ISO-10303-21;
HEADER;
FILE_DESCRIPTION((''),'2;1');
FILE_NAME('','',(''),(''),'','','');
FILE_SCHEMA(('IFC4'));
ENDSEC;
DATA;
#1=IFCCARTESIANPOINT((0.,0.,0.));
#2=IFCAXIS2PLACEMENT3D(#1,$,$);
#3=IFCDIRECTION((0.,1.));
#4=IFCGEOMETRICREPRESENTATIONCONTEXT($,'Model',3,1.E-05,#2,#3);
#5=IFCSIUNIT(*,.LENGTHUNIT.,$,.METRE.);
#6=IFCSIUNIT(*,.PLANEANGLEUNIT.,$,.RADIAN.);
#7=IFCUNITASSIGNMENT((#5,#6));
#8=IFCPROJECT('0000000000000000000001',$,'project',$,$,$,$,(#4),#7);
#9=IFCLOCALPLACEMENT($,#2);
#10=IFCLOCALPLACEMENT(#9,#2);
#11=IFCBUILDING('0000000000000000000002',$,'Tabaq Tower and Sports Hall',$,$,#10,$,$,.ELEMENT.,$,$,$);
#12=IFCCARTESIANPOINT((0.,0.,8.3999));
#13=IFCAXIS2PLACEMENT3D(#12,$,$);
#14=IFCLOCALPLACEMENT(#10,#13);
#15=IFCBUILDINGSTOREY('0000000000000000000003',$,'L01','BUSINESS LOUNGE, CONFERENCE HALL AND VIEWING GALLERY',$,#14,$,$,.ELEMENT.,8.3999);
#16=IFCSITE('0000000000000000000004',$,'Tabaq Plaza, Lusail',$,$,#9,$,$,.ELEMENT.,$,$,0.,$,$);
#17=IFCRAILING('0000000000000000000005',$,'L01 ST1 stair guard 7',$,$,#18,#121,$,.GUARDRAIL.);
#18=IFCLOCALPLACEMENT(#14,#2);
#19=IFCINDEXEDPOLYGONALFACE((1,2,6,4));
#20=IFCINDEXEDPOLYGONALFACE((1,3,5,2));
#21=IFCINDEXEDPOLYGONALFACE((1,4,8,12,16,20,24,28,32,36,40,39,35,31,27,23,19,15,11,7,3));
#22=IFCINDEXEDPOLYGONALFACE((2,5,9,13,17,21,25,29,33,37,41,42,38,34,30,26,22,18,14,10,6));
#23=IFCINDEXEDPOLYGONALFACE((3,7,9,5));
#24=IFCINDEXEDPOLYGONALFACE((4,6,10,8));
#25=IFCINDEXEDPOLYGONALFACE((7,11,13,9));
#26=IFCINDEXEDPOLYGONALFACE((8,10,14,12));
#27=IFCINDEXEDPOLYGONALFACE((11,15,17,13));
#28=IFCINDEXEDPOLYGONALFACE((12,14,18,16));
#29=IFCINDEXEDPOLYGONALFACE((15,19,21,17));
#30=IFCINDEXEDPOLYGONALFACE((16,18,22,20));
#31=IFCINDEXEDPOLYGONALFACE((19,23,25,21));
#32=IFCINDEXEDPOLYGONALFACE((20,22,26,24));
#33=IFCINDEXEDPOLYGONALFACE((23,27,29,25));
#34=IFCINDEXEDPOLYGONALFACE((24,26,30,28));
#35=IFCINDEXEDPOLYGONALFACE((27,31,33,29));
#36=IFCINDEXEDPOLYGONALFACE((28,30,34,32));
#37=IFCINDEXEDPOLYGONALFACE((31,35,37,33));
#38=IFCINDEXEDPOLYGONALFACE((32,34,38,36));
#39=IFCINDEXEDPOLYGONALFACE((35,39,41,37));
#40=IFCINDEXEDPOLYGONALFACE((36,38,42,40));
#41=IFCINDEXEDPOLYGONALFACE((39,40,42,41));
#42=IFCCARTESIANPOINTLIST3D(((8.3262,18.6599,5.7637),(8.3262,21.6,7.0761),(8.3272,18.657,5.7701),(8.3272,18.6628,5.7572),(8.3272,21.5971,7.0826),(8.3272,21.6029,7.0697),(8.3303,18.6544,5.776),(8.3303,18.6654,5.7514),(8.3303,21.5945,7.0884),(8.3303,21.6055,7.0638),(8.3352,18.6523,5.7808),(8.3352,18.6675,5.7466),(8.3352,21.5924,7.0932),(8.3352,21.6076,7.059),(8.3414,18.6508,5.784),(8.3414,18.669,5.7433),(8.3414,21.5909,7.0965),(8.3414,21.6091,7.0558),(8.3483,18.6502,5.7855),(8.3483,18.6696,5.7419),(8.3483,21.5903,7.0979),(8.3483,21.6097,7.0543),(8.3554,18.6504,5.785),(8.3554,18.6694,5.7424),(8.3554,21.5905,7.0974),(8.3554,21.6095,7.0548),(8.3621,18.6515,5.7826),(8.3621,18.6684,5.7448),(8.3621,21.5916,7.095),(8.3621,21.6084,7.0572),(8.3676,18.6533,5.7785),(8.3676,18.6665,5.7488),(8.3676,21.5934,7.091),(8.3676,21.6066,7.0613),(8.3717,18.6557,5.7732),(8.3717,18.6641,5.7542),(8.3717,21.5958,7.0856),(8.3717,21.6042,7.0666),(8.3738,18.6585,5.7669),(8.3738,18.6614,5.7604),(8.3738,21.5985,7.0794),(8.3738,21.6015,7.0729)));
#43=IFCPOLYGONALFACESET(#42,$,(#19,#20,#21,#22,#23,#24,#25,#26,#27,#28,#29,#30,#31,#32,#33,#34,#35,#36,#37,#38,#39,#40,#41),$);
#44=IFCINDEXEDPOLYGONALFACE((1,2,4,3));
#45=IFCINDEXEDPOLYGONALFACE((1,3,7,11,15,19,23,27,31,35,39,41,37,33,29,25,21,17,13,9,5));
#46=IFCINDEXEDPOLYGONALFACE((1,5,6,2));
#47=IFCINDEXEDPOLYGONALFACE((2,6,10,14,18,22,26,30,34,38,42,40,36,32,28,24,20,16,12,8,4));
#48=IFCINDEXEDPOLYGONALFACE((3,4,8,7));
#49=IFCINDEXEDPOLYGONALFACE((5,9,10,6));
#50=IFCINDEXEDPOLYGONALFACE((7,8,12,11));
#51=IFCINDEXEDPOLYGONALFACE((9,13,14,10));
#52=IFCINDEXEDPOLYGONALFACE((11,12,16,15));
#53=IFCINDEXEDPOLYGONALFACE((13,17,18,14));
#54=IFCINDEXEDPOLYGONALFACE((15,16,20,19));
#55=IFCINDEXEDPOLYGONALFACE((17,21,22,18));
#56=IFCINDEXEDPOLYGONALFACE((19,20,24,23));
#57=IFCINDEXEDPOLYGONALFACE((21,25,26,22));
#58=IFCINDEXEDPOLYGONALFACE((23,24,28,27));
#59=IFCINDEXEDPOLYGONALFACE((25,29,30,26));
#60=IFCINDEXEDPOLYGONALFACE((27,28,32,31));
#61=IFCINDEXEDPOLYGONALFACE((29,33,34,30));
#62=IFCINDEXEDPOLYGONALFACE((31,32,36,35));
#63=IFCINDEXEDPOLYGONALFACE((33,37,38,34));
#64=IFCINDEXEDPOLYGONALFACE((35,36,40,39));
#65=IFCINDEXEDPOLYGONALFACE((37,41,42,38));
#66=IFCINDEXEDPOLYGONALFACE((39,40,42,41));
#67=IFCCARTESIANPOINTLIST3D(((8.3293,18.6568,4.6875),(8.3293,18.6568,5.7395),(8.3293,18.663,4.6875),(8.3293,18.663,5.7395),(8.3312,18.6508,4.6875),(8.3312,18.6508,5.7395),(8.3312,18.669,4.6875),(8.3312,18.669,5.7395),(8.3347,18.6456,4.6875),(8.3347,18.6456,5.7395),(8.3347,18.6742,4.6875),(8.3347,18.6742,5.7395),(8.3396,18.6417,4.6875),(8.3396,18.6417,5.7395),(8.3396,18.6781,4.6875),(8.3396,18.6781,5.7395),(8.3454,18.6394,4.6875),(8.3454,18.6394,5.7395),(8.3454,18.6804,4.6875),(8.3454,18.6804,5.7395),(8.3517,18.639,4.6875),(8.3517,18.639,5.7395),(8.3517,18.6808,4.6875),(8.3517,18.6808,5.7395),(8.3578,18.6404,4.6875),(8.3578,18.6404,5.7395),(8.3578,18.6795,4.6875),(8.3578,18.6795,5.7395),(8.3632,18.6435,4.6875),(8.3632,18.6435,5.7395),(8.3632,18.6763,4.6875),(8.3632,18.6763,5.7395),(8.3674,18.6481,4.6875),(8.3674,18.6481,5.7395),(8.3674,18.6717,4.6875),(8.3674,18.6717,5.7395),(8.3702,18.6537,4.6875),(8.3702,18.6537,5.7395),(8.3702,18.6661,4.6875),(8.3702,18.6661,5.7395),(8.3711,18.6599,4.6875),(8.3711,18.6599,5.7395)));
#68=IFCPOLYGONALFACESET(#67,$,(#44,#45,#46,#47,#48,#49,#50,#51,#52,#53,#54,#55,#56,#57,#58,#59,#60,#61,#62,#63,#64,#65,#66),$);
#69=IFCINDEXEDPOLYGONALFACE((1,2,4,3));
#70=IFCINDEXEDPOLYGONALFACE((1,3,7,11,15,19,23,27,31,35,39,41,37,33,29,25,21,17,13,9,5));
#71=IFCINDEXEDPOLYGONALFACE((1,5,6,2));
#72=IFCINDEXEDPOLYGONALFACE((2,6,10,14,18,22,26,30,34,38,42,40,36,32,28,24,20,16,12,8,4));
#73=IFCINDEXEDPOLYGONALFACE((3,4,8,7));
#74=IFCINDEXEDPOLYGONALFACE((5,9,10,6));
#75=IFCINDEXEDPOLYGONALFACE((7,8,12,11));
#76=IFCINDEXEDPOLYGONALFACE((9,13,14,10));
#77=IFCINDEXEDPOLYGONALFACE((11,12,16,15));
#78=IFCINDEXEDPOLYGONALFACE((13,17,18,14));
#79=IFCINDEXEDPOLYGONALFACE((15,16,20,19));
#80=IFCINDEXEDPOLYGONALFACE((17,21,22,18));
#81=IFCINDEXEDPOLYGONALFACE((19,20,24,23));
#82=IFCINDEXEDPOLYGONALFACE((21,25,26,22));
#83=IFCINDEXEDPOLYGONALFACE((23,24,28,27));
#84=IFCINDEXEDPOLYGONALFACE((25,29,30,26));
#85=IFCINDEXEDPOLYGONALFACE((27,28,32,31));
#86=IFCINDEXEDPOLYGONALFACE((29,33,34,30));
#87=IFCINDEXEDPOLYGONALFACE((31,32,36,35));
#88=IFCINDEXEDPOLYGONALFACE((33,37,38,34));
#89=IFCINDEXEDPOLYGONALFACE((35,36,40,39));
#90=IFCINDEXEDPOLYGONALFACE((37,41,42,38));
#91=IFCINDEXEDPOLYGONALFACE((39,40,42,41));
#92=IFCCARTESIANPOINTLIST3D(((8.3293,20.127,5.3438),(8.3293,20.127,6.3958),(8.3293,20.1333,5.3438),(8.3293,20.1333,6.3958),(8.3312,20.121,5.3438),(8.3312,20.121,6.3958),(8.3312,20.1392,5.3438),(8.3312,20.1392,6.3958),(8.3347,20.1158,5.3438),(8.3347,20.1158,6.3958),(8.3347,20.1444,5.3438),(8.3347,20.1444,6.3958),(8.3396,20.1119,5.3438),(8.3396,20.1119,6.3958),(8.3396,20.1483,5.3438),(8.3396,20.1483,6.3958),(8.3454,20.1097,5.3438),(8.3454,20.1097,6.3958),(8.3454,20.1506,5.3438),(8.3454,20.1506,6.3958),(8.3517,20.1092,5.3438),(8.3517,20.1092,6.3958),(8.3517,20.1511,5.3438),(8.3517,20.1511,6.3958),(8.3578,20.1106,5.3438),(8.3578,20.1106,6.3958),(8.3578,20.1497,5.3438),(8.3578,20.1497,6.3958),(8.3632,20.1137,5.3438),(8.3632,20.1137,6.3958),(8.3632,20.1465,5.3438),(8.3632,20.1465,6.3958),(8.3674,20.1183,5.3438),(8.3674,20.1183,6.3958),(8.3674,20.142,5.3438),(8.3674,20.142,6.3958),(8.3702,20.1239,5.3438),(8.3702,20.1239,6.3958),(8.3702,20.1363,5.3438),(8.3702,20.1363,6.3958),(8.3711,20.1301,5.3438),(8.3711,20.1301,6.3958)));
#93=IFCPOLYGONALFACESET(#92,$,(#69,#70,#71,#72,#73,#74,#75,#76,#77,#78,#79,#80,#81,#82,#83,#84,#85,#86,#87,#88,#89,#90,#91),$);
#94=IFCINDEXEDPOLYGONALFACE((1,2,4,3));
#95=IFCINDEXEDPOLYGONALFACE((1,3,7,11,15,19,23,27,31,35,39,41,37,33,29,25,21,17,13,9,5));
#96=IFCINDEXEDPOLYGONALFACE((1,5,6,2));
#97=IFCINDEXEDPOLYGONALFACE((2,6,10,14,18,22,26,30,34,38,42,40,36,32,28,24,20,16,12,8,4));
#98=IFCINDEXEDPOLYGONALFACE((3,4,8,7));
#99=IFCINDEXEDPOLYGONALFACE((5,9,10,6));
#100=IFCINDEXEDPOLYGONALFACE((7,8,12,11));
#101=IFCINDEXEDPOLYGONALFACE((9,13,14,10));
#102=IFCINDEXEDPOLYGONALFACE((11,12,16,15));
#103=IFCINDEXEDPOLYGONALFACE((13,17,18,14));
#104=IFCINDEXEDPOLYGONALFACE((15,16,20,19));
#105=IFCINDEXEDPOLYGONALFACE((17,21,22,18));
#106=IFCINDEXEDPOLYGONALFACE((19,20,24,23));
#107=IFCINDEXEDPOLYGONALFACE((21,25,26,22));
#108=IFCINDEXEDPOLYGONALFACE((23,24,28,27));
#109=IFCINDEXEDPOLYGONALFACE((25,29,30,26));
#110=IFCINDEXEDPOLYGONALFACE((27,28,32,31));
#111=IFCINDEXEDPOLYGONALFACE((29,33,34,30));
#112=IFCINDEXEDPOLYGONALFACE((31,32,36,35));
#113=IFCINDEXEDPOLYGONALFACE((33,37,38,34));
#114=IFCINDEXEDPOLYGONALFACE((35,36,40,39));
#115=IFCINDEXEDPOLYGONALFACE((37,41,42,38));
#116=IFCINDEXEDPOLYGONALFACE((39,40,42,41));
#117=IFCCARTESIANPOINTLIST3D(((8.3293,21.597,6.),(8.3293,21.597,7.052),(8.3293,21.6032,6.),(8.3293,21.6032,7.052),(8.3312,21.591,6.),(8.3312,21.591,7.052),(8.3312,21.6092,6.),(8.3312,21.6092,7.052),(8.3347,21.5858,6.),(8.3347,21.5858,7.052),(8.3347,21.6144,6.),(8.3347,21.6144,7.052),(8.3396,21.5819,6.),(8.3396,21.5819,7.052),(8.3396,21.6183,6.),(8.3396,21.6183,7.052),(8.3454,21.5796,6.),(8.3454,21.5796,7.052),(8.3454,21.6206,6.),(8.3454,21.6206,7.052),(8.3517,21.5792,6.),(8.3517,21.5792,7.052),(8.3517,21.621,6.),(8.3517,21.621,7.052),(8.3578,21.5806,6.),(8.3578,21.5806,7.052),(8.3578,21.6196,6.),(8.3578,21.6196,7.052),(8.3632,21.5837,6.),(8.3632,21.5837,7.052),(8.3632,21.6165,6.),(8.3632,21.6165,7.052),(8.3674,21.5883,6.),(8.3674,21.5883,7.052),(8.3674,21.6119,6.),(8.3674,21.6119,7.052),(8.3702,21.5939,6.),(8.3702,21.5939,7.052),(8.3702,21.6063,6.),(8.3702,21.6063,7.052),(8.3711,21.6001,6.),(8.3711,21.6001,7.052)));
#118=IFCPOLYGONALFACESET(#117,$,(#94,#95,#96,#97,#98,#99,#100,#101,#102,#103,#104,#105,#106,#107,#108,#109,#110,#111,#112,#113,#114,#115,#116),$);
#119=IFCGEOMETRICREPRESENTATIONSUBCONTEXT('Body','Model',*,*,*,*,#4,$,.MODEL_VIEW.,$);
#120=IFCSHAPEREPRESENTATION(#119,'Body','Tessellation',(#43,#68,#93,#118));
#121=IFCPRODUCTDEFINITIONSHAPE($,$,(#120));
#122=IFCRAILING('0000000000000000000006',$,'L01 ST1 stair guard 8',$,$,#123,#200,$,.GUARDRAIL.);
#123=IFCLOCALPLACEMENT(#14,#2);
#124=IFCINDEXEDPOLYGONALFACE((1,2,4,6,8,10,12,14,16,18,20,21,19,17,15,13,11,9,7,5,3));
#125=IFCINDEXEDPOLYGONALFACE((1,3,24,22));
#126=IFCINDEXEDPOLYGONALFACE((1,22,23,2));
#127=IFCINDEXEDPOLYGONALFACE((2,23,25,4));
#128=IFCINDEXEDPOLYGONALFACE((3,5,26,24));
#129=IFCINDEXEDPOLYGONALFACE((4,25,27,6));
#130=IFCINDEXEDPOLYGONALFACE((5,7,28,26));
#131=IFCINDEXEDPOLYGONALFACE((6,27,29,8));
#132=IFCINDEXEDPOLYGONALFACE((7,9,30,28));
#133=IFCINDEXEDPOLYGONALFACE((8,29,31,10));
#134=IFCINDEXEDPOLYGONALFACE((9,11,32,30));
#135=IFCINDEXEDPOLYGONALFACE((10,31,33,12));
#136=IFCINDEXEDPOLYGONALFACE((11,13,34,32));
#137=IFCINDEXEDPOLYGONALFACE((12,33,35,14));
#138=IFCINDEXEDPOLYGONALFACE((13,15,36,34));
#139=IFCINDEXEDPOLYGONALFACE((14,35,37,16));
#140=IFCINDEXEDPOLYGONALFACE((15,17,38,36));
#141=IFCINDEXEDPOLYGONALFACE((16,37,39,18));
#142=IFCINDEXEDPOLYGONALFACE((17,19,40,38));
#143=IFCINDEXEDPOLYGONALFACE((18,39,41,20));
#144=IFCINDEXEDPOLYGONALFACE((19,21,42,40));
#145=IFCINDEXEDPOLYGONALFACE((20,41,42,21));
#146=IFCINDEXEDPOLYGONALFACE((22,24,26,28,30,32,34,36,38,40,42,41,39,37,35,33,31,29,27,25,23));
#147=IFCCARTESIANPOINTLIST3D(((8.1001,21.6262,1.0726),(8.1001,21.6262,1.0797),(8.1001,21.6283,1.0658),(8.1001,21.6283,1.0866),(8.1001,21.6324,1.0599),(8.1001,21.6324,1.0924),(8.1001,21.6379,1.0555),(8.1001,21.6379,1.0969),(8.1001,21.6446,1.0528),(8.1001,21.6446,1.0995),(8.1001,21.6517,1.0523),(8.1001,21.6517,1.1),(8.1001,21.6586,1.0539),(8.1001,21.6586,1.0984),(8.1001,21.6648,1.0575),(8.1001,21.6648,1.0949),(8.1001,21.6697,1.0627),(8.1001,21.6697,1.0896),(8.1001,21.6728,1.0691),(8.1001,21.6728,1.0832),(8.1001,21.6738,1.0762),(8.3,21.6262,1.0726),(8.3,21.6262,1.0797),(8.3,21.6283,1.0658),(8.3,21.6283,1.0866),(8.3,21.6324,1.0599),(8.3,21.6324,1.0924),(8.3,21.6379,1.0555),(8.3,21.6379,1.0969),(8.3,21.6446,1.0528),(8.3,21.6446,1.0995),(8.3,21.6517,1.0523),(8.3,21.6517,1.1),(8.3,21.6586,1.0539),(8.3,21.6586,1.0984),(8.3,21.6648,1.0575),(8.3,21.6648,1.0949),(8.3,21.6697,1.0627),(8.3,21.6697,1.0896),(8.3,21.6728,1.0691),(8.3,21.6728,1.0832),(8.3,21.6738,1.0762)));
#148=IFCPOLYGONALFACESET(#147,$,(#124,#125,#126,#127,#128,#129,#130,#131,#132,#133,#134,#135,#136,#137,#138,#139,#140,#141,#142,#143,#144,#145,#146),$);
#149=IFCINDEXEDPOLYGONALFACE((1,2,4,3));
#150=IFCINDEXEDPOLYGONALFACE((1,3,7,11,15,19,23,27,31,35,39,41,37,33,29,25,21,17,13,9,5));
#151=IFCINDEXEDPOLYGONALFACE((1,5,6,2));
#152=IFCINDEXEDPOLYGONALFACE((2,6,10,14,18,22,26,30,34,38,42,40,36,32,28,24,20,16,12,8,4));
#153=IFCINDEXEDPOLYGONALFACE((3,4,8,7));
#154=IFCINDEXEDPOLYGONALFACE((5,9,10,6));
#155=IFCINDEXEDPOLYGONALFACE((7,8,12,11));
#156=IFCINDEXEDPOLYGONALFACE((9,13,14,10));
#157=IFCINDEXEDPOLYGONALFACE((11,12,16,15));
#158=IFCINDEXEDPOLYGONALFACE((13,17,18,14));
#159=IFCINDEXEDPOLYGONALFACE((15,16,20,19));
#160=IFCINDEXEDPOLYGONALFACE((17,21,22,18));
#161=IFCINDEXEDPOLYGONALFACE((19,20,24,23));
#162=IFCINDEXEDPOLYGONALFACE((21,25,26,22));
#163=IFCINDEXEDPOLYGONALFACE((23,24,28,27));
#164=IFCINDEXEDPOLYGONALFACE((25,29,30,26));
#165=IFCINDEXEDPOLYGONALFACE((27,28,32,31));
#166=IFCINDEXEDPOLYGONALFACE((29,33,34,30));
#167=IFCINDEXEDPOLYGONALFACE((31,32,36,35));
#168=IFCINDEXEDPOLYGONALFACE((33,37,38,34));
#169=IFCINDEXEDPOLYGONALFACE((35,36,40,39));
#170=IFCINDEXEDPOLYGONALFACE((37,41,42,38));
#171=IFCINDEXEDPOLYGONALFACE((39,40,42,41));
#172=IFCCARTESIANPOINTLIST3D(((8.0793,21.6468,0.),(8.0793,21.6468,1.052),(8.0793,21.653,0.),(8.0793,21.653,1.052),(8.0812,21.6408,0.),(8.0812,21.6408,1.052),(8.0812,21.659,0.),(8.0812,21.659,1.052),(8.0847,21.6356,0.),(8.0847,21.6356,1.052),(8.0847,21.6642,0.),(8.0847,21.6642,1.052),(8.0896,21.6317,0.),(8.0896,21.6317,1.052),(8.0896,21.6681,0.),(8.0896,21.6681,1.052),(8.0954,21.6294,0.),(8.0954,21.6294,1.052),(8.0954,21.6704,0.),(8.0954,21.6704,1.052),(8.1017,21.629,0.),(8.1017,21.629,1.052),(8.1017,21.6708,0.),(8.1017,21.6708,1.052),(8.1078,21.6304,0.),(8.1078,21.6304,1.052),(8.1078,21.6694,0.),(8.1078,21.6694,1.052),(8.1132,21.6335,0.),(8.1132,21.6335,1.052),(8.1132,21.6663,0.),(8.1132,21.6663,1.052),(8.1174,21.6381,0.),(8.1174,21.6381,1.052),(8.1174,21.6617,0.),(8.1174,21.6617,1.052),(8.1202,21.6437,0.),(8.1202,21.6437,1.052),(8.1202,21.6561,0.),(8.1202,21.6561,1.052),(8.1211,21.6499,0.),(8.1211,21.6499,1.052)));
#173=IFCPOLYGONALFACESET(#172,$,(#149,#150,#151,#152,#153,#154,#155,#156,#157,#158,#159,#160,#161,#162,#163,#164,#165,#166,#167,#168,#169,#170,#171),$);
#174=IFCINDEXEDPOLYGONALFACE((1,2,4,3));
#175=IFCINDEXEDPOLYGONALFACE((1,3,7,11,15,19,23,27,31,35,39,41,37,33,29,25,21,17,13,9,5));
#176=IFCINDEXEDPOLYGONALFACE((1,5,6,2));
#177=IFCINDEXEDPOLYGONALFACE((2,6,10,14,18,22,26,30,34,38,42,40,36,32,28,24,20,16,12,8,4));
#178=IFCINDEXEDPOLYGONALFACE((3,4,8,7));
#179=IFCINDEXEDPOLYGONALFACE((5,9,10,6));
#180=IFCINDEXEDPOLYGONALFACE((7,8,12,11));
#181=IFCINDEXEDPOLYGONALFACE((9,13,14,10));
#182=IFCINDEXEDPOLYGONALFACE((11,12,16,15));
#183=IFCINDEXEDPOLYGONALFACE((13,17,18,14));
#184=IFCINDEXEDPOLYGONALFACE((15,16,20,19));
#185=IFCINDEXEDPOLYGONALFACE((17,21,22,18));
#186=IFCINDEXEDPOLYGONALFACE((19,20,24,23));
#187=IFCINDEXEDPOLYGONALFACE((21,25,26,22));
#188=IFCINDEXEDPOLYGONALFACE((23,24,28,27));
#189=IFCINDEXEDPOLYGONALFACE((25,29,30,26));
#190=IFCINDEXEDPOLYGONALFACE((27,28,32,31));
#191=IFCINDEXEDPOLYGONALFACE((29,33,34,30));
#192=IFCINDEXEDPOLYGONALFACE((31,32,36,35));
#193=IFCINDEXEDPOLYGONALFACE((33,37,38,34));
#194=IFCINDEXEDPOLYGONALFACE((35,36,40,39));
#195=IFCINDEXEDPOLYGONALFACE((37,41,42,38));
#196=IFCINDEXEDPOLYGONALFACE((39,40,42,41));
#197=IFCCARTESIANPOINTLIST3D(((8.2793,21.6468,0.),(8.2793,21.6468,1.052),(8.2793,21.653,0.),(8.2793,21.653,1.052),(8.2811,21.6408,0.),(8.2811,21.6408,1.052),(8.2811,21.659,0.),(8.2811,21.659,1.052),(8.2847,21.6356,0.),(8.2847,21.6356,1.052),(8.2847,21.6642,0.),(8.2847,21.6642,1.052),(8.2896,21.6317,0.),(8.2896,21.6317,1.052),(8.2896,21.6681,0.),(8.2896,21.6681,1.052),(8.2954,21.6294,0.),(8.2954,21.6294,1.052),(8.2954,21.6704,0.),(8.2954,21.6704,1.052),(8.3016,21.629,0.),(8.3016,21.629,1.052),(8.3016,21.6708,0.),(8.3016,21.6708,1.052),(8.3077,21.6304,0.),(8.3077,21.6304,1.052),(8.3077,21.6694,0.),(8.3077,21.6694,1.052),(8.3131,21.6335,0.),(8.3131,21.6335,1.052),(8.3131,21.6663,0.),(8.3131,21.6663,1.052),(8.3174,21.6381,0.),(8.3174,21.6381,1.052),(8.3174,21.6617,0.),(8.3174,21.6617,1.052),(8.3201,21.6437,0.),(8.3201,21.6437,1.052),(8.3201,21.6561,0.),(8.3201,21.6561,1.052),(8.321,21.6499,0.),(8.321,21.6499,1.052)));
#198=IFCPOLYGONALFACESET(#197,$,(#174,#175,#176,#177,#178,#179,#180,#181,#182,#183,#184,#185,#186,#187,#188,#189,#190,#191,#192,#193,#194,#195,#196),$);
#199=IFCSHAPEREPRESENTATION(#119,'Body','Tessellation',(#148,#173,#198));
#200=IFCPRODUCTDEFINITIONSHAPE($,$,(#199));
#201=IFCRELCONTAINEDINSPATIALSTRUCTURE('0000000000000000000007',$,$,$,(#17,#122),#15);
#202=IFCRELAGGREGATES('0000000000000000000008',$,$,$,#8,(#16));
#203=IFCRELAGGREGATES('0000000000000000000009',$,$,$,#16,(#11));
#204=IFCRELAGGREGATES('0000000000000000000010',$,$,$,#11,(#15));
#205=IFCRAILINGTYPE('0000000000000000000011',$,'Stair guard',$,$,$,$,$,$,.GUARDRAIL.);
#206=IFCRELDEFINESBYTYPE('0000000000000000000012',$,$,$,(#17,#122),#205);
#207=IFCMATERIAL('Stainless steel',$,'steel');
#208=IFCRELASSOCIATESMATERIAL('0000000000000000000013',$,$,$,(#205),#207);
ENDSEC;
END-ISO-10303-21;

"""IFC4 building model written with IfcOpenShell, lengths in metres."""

from ifc_helpers import new_model, si_unit, direction, frame, origin, origin_2d, place, context, subcontext, project, spatial, circle, extrude, material, type_object, element, save


model = new_model("IFC4")

# Units and contexts
model_context = context("Model", 3, precision=1e-05, world=origin(), true_north=direction((0.0, 1.0)))
body_context = subcontext(model_context, "Body", "Model", "MODEL_VIEW")
ifc_project = project(units=[si_unit("LENGTHUNIT", "METRE"), si_unit("PLANEANGLEUNIT", "RADIAN")], contexts=[model_context])

# Site, building, storey
site_placement = place(None, origin())
site = spatial("IfcSite", under=ifc_project, at=site_placement, Name="Tabaq Plaza, Lusail", CompositionType="ELEMENT", RefElevation=0.0)
building_placement = place(site_placement, origin())
building = spatial("IfcBuilding", under=site, at=building_placement, Name="Tabaq Tower and Sports Hall", CompositionType="ELEMENT")
storey_placement = place(building_placement, frame((0.0, 0.0, 8.3999)))
storey = spatial("IfcBuildingStorey", under=building, at=storey_placement, Name="L01", Description="BUSINESS LOUNGE, CONFERENCE HALL AND VIEWING GALLERY", CompositionType="ELEMENT", Elevation=8.3999)

# Railings
ifc_material_1 = material(Name="Stainless steel", Category="steel")
railing_type_1 = type_object("IfcRailingType", Name="Stair guard", PredefinedType="GUARDRAIL", material=ifc_material_1)
railing_1_placement = place(storey_placement, frame((8.3501, 18.6599, 4.6875)))
element("IfcRailing", 1, at=railing_1_placement, inside=storey, type_object=railing_type_1, Name="L01 ST1 stair guard 7", PredefinedType="GUARDRAIL", context=body_context, shape_type="SweptSolid", body=[
    extrude(circle(Radius=0.0239, at=origin_2d()), frame((0.0, 0.0, 1.0762), z_axis=(0.0, 0.913147, 0.407629), x_axis=(-1.0, 0.0, 0.0)), (0.0, 0.0, 1.0), 3.2197),
    extrude(circle(Radius=0.021, at=origin_2d()), origin(), (0.0, 0.0, 1.0), 1.052),
    extrude(circle(Radius=0.021, at=origin_2d()), frame((0.0, 1.4702, 0.6562)), (0.0, 0.0, 1.0), 1.052),
    extrude(circle(Radius=0.021, at=origin_2d()), frame((0.0, 2.9402, 1.3125)), (0.0, 0.0, 1.0), 1.052),
])
railing_2_placement = place(storey_placement, frame((8.1001, 21.6499, 0.0)))
element("IfcRailing", 2, at=railing_2_placement, inside=storey, type_object=railing_type_1, Name="L01 ST1 stair guard 8", PredefinedType="GUARDRAIL", context=body_context, shape_type="SweptSolid", body=[
    extrude(circle(Radius=0.0239, at=origin_2d()), frame((0.0, 0.0, 1.0762), z_axis=(1.0, 0.0, 0.0), x_axis=(0.0, 1.0, 0.0)), (0.0, 0.0, 1.0), 0.2),
    extrude(circle(Radius=0.021, at=origin_2d()), origin(), (0.0, 0.0, 1.0), 1.052),
    extrude(circle(Radius=0.021, at=origin_2d()), frame((0.2, 0.0, 0.0)), (0.0, 0.0, 1.0), 1.052),
])

save(model, "model.ifc")
